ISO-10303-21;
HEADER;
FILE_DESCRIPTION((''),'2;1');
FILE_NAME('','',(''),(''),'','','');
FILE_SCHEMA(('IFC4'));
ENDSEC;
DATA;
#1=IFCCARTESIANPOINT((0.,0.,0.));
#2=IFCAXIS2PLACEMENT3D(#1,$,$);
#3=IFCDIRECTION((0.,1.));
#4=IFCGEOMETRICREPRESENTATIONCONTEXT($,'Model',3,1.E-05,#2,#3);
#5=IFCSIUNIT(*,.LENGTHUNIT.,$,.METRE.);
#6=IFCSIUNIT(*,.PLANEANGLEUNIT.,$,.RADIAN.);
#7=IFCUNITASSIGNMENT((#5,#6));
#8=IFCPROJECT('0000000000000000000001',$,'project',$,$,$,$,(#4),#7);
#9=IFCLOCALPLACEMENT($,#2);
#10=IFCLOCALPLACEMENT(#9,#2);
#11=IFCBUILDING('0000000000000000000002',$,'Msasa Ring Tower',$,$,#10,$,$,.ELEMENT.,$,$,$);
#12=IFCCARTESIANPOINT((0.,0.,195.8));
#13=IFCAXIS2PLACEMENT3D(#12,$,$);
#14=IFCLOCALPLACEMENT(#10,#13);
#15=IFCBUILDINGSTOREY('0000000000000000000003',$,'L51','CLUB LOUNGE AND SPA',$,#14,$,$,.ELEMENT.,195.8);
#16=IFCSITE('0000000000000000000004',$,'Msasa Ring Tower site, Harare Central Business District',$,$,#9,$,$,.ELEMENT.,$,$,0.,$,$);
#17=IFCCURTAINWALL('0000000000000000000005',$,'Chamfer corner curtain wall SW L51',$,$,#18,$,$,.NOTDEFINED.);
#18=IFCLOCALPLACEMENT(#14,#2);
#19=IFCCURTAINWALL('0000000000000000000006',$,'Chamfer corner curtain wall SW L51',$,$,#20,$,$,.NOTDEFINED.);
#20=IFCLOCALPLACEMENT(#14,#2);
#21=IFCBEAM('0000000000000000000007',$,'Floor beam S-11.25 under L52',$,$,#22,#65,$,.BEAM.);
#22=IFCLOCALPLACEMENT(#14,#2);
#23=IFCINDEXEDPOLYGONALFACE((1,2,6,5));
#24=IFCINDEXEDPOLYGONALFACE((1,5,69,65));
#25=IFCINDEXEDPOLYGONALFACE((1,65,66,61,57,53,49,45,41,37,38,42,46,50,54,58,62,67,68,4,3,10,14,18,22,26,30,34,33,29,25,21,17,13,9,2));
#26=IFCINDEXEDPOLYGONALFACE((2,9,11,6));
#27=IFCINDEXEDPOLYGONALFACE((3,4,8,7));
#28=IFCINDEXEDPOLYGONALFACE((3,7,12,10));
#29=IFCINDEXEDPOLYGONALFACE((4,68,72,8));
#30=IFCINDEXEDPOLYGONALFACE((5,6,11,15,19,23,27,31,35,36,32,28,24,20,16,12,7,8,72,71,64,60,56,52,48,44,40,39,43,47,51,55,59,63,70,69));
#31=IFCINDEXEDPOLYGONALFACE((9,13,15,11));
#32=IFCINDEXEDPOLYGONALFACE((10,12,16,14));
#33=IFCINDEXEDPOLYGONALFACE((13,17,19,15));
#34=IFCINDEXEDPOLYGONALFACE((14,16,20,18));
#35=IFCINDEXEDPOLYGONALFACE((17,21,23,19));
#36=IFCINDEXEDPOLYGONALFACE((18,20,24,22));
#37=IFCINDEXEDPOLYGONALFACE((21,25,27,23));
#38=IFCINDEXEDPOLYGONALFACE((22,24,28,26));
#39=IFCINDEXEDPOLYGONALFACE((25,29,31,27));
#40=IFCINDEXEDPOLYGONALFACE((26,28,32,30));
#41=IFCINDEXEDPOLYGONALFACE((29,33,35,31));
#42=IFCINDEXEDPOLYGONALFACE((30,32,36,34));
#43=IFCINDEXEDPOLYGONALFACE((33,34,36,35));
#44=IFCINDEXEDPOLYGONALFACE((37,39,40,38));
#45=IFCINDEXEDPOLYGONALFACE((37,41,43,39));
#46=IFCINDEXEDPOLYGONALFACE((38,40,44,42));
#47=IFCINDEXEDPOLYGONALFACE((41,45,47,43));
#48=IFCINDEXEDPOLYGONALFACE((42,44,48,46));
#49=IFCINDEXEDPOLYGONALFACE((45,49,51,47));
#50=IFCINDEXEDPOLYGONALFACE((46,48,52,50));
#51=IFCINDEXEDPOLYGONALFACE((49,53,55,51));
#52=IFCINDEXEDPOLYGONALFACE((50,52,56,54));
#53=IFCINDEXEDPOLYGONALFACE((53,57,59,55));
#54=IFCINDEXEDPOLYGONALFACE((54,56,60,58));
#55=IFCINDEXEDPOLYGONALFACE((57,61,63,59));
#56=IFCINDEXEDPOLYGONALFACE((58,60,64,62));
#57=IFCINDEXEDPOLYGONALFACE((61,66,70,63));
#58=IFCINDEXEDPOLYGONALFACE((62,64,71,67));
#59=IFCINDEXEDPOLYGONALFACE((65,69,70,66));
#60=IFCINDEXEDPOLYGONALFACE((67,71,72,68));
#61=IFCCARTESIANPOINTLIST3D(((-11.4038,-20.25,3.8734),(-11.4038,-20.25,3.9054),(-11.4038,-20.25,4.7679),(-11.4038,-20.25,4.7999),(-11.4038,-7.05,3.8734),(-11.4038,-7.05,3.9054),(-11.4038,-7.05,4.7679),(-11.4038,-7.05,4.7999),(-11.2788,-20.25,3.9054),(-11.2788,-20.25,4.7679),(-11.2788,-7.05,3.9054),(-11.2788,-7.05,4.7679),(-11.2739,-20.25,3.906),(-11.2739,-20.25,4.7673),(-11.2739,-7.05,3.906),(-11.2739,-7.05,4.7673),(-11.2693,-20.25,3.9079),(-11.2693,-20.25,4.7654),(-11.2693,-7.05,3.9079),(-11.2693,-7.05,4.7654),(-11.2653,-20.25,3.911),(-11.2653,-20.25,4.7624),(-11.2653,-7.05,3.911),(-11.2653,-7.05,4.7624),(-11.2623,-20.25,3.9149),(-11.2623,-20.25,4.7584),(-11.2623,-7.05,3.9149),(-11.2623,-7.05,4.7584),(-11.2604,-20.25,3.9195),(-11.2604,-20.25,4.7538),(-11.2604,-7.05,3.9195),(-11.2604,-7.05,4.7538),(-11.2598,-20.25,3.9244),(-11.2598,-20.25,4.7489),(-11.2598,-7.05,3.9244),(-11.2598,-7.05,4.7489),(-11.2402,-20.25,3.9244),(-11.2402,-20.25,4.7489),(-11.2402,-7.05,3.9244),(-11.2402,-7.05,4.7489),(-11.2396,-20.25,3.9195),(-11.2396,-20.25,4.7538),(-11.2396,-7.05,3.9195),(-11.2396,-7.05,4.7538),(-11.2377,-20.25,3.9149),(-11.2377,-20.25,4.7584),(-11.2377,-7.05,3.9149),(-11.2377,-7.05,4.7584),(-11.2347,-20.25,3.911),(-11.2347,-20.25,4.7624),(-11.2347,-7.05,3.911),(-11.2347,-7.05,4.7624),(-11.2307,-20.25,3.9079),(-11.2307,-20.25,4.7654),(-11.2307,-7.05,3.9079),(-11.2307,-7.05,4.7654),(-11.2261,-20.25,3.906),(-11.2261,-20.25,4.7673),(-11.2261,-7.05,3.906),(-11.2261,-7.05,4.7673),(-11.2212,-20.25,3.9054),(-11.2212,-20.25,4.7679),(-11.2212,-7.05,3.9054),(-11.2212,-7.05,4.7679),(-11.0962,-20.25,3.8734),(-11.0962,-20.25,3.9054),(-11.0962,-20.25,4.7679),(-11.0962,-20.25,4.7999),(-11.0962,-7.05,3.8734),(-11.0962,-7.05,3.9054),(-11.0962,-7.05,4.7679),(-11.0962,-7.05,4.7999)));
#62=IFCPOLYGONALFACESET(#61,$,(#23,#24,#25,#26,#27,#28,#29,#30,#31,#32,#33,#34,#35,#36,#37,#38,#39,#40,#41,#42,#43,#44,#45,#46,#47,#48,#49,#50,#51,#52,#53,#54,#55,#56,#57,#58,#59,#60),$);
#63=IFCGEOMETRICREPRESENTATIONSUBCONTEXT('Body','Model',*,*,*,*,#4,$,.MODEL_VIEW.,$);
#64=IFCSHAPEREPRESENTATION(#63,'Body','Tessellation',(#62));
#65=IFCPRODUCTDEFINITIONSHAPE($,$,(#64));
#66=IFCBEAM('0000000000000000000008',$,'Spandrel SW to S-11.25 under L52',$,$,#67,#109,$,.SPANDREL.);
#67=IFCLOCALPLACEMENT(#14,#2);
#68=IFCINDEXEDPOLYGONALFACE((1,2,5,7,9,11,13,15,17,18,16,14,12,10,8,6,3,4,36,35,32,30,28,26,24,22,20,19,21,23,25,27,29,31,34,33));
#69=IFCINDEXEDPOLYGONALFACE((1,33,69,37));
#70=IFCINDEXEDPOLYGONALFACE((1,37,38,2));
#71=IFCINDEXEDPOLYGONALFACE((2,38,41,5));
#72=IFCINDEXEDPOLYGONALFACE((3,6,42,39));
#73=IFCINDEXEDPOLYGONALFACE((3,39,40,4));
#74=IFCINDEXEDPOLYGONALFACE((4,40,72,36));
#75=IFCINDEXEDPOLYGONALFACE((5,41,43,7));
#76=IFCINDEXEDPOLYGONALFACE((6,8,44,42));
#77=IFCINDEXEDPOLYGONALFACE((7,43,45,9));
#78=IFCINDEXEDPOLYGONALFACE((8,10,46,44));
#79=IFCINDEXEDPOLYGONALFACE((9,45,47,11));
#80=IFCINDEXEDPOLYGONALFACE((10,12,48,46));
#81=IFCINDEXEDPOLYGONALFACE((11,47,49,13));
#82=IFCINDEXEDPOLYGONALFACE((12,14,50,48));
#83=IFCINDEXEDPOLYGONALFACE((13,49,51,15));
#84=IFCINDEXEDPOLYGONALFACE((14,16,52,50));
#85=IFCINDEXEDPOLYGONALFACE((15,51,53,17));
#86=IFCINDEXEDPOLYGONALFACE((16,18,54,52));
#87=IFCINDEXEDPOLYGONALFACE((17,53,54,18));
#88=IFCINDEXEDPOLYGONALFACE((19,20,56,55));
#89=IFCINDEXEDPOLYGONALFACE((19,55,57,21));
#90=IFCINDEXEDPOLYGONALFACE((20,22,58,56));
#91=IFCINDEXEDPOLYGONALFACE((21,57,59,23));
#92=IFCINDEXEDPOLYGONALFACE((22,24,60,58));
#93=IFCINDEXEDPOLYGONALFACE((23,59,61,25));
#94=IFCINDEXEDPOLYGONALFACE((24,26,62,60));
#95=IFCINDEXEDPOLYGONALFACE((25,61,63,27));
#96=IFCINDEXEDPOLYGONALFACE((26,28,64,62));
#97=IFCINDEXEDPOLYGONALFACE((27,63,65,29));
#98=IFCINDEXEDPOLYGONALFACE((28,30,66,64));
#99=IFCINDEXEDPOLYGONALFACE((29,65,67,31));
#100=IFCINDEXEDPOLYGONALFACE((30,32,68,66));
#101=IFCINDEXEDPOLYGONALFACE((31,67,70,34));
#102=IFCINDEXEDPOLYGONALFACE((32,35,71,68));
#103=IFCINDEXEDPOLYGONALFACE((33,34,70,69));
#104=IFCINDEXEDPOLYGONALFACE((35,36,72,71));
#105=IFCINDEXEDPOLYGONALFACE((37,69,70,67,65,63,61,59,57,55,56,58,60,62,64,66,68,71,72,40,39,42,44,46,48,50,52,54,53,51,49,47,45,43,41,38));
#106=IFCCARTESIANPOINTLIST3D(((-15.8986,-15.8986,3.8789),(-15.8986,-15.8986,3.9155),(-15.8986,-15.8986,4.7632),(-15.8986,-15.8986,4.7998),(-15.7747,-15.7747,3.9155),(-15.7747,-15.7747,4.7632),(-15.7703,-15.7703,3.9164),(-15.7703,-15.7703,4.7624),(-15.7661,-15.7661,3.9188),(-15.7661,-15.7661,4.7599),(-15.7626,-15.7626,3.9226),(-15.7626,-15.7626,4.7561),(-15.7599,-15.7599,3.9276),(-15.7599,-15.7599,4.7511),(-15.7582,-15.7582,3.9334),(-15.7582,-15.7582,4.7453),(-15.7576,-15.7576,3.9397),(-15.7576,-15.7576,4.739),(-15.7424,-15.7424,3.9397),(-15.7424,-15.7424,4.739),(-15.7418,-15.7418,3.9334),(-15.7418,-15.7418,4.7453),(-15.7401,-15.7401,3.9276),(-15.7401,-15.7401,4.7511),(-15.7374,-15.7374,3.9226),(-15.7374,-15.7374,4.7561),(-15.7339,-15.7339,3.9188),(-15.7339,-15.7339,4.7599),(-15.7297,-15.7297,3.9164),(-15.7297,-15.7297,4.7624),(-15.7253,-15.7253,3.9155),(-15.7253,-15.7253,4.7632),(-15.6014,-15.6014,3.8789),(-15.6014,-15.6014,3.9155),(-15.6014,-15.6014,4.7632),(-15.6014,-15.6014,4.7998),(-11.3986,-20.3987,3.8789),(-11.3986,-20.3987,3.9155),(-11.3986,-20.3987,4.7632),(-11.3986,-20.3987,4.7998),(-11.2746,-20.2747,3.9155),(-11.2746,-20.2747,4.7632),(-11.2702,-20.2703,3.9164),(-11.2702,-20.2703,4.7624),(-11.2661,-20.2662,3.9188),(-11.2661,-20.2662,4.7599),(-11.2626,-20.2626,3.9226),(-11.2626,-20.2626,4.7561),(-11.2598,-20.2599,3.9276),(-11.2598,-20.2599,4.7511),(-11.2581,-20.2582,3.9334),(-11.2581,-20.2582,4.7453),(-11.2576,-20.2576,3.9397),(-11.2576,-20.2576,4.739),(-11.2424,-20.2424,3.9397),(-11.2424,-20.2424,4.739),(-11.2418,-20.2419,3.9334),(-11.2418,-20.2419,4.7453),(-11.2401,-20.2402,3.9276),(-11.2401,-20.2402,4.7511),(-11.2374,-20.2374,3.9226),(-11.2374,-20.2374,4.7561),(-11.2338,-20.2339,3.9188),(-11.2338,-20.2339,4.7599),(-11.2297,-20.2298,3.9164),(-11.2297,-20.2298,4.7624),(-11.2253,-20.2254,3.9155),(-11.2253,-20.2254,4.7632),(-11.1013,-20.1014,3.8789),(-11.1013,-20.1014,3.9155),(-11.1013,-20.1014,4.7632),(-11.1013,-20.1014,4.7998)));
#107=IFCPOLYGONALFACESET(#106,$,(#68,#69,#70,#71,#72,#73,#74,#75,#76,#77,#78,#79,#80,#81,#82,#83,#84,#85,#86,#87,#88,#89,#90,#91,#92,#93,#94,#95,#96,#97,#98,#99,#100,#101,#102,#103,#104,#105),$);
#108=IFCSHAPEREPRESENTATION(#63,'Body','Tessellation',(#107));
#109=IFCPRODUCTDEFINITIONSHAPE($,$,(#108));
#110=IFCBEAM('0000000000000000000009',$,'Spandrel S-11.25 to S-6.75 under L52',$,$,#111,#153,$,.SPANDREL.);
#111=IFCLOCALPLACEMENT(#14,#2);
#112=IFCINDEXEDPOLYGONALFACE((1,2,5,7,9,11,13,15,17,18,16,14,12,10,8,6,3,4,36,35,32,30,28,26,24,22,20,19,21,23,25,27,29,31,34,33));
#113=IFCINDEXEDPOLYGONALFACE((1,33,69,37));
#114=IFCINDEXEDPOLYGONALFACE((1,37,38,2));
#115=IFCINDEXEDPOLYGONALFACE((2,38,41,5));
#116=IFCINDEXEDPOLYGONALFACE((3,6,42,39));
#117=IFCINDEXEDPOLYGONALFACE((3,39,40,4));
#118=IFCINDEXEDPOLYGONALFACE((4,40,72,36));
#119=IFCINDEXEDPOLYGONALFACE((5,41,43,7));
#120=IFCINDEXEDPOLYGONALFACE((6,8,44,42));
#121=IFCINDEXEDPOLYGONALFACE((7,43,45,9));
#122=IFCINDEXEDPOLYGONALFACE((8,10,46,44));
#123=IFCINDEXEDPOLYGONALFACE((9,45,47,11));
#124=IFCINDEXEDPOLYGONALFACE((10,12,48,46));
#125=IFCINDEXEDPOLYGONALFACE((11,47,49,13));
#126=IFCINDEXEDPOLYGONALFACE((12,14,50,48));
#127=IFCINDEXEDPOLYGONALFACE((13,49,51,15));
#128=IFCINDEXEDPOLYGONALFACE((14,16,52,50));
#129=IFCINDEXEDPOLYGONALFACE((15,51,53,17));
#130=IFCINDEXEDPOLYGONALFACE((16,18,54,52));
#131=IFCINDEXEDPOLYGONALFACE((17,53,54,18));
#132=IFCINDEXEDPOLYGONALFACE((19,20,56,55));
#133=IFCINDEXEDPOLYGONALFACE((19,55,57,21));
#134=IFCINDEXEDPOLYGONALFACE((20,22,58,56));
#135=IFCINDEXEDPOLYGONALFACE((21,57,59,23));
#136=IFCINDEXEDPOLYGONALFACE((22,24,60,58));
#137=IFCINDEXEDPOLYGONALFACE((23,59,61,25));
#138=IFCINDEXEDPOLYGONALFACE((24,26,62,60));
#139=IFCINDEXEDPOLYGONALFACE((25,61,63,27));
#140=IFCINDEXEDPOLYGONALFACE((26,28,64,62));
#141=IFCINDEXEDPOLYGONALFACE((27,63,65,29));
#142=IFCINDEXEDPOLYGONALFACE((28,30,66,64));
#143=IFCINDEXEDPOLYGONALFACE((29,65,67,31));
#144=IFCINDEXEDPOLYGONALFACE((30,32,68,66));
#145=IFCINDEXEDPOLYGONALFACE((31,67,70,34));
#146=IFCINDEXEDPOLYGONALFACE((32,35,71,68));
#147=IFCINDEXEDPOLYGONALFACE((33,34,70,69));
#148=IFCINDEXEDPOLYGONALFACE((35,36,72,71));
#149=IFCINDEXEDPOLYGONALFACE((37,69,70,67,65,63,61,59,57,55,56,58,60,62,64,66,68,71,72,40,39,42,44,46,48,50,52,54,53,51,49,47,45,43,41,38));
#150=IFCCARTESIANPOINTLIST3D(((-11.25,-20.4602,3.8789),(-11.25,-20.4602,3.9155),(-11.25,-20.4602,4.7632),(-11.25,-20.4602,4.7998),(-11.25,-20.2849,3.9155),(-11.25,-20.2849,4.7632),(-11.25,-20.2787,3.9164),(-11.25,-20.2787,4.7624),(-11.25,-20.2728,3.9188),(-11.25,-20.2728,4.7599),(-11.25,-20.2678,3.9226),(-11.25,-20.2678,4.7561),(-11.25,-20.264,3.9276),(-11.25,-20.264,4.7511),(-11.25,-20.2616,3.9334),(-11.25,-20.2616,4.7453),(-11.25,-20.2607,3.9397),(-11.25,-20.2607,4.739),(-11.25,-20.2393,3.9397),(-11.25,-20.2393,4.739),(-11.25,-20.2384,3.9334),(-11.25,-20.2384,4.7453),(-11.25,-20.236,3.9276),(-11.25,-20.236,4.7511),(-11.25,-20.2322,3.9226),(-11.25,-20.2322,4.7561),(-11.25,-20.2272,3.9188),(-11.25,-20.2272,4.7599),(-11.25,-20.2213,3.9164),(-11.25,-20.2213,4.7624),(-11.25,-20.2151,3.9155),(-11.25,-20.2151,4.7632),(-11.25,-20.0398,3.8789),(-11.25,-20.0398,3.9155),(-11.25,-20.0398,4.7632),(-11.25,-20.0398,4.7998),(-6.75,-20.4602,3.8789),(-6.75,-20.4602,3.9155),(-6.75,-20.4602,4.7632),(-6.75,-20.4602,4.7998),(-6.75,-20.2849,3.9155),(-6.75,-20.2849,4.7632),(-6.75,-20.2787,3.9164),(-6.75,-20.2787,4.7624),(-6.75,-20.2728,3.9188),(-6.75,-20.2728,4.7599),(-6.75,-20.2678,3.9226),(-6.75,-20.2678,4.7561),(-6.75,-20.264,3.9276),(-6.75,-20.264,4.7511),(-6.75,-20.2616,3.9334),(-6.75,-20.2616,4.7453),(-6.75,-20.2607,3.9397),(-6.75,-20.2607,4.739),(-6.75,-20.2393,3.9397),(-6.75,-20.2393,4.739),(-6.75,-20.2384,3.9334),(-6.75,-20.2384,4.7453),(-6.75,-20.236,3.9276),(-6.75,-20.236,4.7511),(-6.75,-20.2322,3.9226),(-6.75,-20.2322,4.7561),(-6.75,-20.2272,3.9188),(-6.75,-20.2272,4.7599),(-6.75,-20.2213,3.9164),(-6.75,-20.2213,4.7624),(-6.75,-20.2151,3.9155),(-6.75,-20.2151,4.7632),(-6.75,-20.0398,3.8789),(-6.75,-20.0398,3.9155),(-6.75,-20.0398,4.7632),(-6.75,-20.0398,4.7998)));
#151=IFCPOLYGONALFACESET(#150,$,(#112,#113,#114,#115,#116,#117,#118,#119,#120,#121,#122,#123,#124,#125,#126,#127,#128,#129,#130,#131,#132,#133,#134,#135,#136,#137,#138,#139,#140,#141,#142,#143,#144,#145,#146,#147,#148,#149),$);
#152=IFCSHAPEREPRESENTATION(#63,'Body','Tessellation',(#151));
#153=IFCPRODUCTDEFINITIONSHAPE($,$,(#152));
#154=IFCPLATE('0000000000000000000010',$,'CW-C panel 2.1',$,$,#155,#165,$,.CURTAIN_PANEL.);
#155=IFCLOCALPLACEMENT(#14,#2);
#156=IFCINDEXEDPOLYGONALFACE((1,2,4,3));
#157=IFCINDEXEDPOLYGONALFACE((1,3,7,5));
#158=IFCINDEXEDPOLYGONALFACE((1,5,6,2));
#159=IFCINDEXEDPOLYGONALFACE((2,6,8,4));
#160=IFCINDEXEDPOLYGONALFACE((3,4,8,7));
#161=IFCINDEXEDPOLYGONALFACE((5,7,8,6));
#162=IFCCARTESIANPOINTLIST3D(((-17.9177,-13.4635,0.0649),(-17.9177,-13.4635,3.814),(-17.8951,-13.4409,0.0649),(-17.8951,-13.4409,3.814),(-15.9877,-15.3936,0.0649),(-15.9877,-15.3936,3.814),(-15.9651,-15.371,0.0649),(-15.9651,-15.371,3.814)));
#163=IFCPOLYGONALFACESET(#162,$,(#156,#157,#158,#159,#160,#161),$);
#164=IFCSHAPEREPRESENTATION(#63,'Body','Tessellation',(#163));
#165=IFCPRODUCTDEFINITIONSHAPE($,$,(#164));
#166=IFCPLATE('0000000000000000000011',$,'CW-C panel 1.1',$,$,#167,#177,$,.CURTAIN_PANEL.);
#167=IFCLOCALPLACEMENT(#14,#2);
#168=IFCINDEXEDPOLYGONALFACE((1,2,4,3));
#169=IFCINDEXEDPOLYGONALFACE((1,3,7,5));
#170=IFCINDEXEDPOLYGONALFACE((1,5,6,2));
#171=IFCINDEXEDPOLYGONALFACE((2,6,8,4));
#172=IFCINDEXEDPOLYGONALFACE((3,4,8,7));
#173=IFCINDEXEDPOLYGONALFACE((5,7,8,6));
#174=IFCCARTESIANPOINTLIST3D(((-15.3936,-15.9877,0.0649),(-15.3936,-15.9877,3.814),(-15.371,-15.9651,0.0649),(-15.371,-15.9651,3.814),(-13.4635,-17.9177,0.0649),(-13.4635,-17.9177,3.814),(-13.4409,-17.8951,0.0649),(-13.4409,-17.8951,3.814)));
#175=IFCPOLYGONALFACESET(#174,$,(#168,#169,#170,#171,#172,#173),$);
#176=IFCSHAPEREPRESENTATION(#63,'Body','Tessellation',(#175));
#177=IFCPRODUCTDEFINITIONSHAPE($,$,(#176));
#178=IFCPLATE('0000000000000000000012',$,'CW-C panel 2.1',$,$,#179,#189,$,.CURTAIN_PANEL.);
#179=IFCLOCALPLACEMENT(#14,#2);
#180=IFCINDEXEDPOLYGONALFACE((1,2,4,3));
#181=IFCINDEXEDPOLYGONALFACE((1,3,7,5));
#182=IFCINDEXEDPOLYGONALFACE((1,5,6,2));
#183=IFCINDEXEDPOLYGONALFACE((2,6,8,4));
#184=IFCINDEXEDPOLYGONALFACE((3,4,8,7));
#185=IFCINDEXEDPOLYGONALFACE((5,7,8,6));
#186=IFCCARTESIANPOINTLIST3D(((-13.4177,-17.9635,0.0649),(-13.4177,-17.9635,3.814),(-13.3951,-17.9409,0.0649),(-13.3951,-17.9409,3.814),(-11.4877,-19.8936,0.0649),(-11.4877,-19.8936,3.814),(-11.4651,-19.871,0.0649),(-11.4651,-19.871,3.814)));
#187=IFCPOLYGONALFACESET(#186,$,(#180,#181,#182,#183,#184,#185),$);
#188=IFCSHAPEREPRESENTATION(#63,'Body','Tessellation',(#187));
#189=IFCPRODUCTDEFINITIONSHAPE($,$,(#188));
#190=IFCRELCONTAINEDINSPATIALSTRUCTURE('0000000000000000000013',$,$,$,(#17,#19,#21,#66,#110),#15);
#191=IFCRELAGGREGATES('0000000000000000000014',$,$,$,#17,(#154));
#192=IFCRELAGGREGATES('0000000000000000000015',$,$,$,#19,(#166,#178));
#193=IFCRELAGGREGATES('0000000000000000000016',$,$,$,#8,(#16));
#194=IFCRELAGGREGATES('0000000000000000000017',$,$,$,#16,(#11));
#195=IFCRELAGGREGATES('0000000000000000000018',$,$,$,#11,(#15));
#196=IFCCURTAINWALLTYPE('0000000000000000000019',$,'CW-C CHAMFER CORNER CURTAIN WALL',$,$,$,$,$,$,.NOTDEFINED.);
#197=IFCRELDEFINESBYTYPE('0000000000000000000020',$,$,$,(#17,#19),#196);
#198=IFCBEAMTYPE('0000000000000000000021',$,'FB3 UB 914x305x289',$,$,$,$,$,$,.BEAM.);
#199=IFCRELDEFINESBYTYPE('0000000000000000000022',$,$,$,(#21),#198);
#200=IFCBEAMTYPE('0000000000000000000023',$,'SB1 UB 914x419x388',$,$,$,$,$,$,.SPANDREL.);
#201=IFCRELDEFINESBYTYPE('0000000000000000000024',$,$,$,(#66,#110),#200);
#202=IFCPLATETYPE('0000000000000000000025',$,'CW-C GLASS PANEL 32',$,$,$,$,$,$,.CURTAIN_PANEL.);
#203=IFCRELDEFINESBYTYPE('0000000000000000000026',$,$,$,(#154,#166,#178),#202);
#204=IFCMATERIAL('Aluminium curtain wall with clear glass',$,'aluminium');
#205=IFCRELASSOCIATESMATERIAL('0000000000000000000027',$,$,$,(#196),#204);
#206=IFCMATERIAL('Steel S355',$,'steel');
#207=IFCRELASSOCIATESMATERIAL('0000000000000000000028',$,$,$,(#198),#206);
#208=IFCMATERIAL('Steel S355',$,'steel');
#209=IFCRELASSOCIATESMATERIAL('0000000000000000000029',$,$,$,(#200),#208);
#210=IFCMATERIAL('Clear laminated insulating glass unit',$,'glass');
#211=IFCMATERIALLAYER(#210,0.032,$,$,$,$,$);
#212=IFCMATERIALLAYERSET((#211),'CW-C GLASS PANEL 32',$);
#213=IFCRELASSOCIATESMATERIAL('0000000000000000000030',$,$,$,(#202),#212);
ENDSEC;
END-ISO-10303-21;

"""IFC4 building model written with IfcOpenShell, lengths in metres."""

from ifc_helpers import new_model, si_unit, direction, frame, origin, origin_2d, place, context, subcontext, project, spatial, rectangle, i_section, extrude, material, layer, layer_set, material_profile, profile_set, type_object, element, aggregate, save


model = new_model("IFC4")

# Units and contexts
model_context = context("Model", 3, precision=1e-05, world=origin(), true_north=direction((0.0, 1.0)))
body_context = subcontext(model_context, "Body", "Model", "MODEL_VIEW")
ifc_project = project(units=[si_unit("LENGTHUNIT", "METRE"), si_unit("PLANEANGLEUNIT", "RADIAN")], contexts=[model_context])

# Site, building, storey
site_placement = place(None, origin())
site = spatial("IfcSite", under=ifc_project, at=site_placement, Name="Msasa Ring Tower site, Harare Central Business District", CompositionType="ELEMENT", RefElevation=0.0)
building_placement = place(site_placement, origin())
building = spatial("IfcBuilding", under=site, at=building_placement, Name="Msasa Ring Tower", CompositionType="ELEMENT")
storey_placement = place(building_placement, frame((0.0, 0.0, 195.8)))
storey = spatial("IfcBuildingStorey", under=building, at=storey_placement, Name="L51", Description="CLUB LOUNGE AND SPA", CompositionType="ELEMENT", Elevation=195.8)

# Curtain wall
ifc_material_1 = material(Name="Aluminium curtain wall with clear glass", Category="aluminium")
curtain_wall_type_1 = type_object("IfcCurtainWallType", Name="CW-C CHAMFER CORNER CURTAIN WALL", PredefinedType="NOTDEFINED", material=ifc_material_1)
curtain_wall_1_placement = place(storey_placement, origin())
curtain_wall_1 = element("IfcCurtainWall", 1, at=curtain_wall_1_placement, inside=storey, type_object=curtain_wall_type_1, Name="Chamfer corner curtain wall SW L51", PredefinedType="NOTDEFINED")

# Curtain wall
curtain_wall_2_placement = place(storey_placement, origin())
curtain_wall_2 = element("IfcCurtainWall", 2, at=curtain_wall_2_placement, inside=storey, type_object=curtain_wall_type_1, Name="Chamfer corner curtain wall SW L51", PredefinedType="NOTDEFINED")

# Beams
ifc_material_2 = material(Name="Steel S355", Category="steel")
ifc_material_profile_1 = material_profile(ifc_material_2, i_section(OverallWidth=0.3076, OverallDepth=0.9265, WebThickness=0.0195, FlangeThickness=0.032, FilletRadius=0.019, at=origin_2d()), Name="UB 914x305x289")
ifc_profile_set_1 = profile_set([ifc_material_profile_1], Name="Steel S355")
beam_type_1 = type_object("IfcBeamType", Name="FB3 UB 914x305x289", PredefinedType="BEAM", material=ifc_profile_set_1)
beam_1_placement = place(storey_placement, frame((-11.25, -20.25, 4.3367), z_axis=(0.0, 1.0, 0.0), x_axis=(-1.0, 0.0, 0.0)))
element("IfcBeam", 3, at=beam_1_placement, inside=storey, type_object=beam_type_1, Name="Floor beam S-11.25 under L52", PredefinedType="BEAM", context=body_context, shape_type="SweptSolid", body=[
    extrude(i_section(OverallWidth=0.3076, OverallDepth=0.9265, WebThickness=0.0195, FlangeThickness=0.032, FilletRadius=0.019, at=origin_2d()), origin(), (0.0, 0.0, 1.0), 13.2),
])
ifc_material_3 = material(Name="Steel S355", Category="steel")
ifc_material_profile_2 = material_profile(ifc_material_3, i_section(OverallWidth=0.4204, OverallDepth=0.9209, WebThickness=0.0215, FlangeThickness=0.0366, FilletRadius=0.0242, at=origin_2d()), Name="UB 914x419x388")
ifc_profile_set_2 = profile_set([ifc_material_profile_2], Name="Steel S355")
beam_type_2 = type_object("IfcBeamType", Name="SB1 UB 914x419x388", PredefinedType="SPANDREL", material=ifc_profile_set_2)
beam_2_placement = place(storey_placement, frame((-15.75, -15.75, 4.3394), z_axis=(0.707107, -0.707107, 0.0), x_axis=(0.707107, 0.707107, 0.0)))
element("IfcBeam", 4, at=beam_2_placement, inside=storey, type_object=beam_type_2, Name="Spandrel SW to S-11.25 under L52", PredefinedType="SPANDREL", context=body_context, shape_type="SweptSolid", body=[
    extrude(i_section(OverallWidth=0.4204, OverallDepth=0.9209, WebThickness=0.0215, FlangeThickness=0.0366, FilletRadius=0.0242, at=origin_2d()), origin(), (0.0, 0.0, 1.0), 6.364),
])
beam_3_placement = place(storey_placement, frame((-11.25, -20.25, 4.3394), z_axis=(1.0, 0.0, 0.0), x_axis=(0.0, 1.0, 0.0)))
element("IfcBeam", 5, at=beam_3_placement, inside=storey, type_object=beam_type_2, Name="Spandrel S-11.25 to S-6.75 under L52", PredefinedType="SPANDREL", context=body_context, shape_type="SweptSolid", body=[
    extrude(i_section(OverallWidth=0.4204, OverallDepth=0.9209, WebThickness=0.0215, FlangeThickness=0.0366, FilletRadius=0.0242, at=origin_2d()), origin(), (0.0, 0.0, 1.0), 4.5),
])

# Plates
ifc_material_4 = material(Name="Clear laminated insulating glass unit", Category="glass")
ifc_layer = layer(ifc_material_4, 0.032)
ifc_layer_set = layer_set([ifc_layer], Name="CW-C GLASS PANEL 32")
plate_type = type_object("IfcPlateType", Name="CW-C GLASS PANEL 32", PredefinedType="CURTAIN_PANEL", material=ifc_layer_set)
plate_1_placement = place(storey_placement, frame((-16.9414, -14.4172, 0.0649), z_axis=(0.0, 0.0, 1.0), x_axis=(0.707107, -0.707107, 0.0)))
plate_1 = element("IfcPlate", 6, at=plate_1_placement, type_object=plate_type, Name="CW-C panel 2.1", PredefinedType="CURTAIN_PANEL", context=body_context, shape_type="SweptSolid", body=[
    extrude(rectangle(XDim=2.7295, YDim=0.032, at=origin_2d()), origin(), (0.0, 0.0, 1.0), 3.749),
])
aggregate(curtain_wall_1, [plate_1])
plate_2_placement = place(storey_placement, frame((-14.4172, -16.9414, 0.0649), z_axis=(0.0, 0.0, 1.0), x_axis=(0.707107, -0.707107, 0.0)))
plate_2 = element("IfcPlate", 7, at=plate_2_placement, type_object=plate_type, Name="CW-C panel 1.1", PredefinedType="CURTAIN_PANEL", context=body_context, shape_type="SweptSolid", body=[
    extrude(rectangle(XDim=2.7295, YDim=0.032, at=origin_2d()), origin(), (0.0, 0.0, 1.0), 3.749),
])
plate_3_placement = place(storey_placement, frame((-12.4414, -18.9172, 0.0649), z_axis=(0.0, 0.0, 1.0), x_axis=(0.707107, -0.707107, 0.0)))
plate_3 = element("IfcPlate", 8, at=plate_3_placement, type_object=plate_type, Name="CW-C panel 2.1", PredefinedType="CURTAIN_PANEL", context=body_context, shape_type="SweptSolid", body=[
    extrude(rectangle(XDim=2.7295, YDim=0.032, at=origin_2d()), origin(), (0.0, 0.0, 1.0), 3.749),
])
aggregate(curtain_wall_2, [plate_2, plate_3])

save(model, "model.ifc")
